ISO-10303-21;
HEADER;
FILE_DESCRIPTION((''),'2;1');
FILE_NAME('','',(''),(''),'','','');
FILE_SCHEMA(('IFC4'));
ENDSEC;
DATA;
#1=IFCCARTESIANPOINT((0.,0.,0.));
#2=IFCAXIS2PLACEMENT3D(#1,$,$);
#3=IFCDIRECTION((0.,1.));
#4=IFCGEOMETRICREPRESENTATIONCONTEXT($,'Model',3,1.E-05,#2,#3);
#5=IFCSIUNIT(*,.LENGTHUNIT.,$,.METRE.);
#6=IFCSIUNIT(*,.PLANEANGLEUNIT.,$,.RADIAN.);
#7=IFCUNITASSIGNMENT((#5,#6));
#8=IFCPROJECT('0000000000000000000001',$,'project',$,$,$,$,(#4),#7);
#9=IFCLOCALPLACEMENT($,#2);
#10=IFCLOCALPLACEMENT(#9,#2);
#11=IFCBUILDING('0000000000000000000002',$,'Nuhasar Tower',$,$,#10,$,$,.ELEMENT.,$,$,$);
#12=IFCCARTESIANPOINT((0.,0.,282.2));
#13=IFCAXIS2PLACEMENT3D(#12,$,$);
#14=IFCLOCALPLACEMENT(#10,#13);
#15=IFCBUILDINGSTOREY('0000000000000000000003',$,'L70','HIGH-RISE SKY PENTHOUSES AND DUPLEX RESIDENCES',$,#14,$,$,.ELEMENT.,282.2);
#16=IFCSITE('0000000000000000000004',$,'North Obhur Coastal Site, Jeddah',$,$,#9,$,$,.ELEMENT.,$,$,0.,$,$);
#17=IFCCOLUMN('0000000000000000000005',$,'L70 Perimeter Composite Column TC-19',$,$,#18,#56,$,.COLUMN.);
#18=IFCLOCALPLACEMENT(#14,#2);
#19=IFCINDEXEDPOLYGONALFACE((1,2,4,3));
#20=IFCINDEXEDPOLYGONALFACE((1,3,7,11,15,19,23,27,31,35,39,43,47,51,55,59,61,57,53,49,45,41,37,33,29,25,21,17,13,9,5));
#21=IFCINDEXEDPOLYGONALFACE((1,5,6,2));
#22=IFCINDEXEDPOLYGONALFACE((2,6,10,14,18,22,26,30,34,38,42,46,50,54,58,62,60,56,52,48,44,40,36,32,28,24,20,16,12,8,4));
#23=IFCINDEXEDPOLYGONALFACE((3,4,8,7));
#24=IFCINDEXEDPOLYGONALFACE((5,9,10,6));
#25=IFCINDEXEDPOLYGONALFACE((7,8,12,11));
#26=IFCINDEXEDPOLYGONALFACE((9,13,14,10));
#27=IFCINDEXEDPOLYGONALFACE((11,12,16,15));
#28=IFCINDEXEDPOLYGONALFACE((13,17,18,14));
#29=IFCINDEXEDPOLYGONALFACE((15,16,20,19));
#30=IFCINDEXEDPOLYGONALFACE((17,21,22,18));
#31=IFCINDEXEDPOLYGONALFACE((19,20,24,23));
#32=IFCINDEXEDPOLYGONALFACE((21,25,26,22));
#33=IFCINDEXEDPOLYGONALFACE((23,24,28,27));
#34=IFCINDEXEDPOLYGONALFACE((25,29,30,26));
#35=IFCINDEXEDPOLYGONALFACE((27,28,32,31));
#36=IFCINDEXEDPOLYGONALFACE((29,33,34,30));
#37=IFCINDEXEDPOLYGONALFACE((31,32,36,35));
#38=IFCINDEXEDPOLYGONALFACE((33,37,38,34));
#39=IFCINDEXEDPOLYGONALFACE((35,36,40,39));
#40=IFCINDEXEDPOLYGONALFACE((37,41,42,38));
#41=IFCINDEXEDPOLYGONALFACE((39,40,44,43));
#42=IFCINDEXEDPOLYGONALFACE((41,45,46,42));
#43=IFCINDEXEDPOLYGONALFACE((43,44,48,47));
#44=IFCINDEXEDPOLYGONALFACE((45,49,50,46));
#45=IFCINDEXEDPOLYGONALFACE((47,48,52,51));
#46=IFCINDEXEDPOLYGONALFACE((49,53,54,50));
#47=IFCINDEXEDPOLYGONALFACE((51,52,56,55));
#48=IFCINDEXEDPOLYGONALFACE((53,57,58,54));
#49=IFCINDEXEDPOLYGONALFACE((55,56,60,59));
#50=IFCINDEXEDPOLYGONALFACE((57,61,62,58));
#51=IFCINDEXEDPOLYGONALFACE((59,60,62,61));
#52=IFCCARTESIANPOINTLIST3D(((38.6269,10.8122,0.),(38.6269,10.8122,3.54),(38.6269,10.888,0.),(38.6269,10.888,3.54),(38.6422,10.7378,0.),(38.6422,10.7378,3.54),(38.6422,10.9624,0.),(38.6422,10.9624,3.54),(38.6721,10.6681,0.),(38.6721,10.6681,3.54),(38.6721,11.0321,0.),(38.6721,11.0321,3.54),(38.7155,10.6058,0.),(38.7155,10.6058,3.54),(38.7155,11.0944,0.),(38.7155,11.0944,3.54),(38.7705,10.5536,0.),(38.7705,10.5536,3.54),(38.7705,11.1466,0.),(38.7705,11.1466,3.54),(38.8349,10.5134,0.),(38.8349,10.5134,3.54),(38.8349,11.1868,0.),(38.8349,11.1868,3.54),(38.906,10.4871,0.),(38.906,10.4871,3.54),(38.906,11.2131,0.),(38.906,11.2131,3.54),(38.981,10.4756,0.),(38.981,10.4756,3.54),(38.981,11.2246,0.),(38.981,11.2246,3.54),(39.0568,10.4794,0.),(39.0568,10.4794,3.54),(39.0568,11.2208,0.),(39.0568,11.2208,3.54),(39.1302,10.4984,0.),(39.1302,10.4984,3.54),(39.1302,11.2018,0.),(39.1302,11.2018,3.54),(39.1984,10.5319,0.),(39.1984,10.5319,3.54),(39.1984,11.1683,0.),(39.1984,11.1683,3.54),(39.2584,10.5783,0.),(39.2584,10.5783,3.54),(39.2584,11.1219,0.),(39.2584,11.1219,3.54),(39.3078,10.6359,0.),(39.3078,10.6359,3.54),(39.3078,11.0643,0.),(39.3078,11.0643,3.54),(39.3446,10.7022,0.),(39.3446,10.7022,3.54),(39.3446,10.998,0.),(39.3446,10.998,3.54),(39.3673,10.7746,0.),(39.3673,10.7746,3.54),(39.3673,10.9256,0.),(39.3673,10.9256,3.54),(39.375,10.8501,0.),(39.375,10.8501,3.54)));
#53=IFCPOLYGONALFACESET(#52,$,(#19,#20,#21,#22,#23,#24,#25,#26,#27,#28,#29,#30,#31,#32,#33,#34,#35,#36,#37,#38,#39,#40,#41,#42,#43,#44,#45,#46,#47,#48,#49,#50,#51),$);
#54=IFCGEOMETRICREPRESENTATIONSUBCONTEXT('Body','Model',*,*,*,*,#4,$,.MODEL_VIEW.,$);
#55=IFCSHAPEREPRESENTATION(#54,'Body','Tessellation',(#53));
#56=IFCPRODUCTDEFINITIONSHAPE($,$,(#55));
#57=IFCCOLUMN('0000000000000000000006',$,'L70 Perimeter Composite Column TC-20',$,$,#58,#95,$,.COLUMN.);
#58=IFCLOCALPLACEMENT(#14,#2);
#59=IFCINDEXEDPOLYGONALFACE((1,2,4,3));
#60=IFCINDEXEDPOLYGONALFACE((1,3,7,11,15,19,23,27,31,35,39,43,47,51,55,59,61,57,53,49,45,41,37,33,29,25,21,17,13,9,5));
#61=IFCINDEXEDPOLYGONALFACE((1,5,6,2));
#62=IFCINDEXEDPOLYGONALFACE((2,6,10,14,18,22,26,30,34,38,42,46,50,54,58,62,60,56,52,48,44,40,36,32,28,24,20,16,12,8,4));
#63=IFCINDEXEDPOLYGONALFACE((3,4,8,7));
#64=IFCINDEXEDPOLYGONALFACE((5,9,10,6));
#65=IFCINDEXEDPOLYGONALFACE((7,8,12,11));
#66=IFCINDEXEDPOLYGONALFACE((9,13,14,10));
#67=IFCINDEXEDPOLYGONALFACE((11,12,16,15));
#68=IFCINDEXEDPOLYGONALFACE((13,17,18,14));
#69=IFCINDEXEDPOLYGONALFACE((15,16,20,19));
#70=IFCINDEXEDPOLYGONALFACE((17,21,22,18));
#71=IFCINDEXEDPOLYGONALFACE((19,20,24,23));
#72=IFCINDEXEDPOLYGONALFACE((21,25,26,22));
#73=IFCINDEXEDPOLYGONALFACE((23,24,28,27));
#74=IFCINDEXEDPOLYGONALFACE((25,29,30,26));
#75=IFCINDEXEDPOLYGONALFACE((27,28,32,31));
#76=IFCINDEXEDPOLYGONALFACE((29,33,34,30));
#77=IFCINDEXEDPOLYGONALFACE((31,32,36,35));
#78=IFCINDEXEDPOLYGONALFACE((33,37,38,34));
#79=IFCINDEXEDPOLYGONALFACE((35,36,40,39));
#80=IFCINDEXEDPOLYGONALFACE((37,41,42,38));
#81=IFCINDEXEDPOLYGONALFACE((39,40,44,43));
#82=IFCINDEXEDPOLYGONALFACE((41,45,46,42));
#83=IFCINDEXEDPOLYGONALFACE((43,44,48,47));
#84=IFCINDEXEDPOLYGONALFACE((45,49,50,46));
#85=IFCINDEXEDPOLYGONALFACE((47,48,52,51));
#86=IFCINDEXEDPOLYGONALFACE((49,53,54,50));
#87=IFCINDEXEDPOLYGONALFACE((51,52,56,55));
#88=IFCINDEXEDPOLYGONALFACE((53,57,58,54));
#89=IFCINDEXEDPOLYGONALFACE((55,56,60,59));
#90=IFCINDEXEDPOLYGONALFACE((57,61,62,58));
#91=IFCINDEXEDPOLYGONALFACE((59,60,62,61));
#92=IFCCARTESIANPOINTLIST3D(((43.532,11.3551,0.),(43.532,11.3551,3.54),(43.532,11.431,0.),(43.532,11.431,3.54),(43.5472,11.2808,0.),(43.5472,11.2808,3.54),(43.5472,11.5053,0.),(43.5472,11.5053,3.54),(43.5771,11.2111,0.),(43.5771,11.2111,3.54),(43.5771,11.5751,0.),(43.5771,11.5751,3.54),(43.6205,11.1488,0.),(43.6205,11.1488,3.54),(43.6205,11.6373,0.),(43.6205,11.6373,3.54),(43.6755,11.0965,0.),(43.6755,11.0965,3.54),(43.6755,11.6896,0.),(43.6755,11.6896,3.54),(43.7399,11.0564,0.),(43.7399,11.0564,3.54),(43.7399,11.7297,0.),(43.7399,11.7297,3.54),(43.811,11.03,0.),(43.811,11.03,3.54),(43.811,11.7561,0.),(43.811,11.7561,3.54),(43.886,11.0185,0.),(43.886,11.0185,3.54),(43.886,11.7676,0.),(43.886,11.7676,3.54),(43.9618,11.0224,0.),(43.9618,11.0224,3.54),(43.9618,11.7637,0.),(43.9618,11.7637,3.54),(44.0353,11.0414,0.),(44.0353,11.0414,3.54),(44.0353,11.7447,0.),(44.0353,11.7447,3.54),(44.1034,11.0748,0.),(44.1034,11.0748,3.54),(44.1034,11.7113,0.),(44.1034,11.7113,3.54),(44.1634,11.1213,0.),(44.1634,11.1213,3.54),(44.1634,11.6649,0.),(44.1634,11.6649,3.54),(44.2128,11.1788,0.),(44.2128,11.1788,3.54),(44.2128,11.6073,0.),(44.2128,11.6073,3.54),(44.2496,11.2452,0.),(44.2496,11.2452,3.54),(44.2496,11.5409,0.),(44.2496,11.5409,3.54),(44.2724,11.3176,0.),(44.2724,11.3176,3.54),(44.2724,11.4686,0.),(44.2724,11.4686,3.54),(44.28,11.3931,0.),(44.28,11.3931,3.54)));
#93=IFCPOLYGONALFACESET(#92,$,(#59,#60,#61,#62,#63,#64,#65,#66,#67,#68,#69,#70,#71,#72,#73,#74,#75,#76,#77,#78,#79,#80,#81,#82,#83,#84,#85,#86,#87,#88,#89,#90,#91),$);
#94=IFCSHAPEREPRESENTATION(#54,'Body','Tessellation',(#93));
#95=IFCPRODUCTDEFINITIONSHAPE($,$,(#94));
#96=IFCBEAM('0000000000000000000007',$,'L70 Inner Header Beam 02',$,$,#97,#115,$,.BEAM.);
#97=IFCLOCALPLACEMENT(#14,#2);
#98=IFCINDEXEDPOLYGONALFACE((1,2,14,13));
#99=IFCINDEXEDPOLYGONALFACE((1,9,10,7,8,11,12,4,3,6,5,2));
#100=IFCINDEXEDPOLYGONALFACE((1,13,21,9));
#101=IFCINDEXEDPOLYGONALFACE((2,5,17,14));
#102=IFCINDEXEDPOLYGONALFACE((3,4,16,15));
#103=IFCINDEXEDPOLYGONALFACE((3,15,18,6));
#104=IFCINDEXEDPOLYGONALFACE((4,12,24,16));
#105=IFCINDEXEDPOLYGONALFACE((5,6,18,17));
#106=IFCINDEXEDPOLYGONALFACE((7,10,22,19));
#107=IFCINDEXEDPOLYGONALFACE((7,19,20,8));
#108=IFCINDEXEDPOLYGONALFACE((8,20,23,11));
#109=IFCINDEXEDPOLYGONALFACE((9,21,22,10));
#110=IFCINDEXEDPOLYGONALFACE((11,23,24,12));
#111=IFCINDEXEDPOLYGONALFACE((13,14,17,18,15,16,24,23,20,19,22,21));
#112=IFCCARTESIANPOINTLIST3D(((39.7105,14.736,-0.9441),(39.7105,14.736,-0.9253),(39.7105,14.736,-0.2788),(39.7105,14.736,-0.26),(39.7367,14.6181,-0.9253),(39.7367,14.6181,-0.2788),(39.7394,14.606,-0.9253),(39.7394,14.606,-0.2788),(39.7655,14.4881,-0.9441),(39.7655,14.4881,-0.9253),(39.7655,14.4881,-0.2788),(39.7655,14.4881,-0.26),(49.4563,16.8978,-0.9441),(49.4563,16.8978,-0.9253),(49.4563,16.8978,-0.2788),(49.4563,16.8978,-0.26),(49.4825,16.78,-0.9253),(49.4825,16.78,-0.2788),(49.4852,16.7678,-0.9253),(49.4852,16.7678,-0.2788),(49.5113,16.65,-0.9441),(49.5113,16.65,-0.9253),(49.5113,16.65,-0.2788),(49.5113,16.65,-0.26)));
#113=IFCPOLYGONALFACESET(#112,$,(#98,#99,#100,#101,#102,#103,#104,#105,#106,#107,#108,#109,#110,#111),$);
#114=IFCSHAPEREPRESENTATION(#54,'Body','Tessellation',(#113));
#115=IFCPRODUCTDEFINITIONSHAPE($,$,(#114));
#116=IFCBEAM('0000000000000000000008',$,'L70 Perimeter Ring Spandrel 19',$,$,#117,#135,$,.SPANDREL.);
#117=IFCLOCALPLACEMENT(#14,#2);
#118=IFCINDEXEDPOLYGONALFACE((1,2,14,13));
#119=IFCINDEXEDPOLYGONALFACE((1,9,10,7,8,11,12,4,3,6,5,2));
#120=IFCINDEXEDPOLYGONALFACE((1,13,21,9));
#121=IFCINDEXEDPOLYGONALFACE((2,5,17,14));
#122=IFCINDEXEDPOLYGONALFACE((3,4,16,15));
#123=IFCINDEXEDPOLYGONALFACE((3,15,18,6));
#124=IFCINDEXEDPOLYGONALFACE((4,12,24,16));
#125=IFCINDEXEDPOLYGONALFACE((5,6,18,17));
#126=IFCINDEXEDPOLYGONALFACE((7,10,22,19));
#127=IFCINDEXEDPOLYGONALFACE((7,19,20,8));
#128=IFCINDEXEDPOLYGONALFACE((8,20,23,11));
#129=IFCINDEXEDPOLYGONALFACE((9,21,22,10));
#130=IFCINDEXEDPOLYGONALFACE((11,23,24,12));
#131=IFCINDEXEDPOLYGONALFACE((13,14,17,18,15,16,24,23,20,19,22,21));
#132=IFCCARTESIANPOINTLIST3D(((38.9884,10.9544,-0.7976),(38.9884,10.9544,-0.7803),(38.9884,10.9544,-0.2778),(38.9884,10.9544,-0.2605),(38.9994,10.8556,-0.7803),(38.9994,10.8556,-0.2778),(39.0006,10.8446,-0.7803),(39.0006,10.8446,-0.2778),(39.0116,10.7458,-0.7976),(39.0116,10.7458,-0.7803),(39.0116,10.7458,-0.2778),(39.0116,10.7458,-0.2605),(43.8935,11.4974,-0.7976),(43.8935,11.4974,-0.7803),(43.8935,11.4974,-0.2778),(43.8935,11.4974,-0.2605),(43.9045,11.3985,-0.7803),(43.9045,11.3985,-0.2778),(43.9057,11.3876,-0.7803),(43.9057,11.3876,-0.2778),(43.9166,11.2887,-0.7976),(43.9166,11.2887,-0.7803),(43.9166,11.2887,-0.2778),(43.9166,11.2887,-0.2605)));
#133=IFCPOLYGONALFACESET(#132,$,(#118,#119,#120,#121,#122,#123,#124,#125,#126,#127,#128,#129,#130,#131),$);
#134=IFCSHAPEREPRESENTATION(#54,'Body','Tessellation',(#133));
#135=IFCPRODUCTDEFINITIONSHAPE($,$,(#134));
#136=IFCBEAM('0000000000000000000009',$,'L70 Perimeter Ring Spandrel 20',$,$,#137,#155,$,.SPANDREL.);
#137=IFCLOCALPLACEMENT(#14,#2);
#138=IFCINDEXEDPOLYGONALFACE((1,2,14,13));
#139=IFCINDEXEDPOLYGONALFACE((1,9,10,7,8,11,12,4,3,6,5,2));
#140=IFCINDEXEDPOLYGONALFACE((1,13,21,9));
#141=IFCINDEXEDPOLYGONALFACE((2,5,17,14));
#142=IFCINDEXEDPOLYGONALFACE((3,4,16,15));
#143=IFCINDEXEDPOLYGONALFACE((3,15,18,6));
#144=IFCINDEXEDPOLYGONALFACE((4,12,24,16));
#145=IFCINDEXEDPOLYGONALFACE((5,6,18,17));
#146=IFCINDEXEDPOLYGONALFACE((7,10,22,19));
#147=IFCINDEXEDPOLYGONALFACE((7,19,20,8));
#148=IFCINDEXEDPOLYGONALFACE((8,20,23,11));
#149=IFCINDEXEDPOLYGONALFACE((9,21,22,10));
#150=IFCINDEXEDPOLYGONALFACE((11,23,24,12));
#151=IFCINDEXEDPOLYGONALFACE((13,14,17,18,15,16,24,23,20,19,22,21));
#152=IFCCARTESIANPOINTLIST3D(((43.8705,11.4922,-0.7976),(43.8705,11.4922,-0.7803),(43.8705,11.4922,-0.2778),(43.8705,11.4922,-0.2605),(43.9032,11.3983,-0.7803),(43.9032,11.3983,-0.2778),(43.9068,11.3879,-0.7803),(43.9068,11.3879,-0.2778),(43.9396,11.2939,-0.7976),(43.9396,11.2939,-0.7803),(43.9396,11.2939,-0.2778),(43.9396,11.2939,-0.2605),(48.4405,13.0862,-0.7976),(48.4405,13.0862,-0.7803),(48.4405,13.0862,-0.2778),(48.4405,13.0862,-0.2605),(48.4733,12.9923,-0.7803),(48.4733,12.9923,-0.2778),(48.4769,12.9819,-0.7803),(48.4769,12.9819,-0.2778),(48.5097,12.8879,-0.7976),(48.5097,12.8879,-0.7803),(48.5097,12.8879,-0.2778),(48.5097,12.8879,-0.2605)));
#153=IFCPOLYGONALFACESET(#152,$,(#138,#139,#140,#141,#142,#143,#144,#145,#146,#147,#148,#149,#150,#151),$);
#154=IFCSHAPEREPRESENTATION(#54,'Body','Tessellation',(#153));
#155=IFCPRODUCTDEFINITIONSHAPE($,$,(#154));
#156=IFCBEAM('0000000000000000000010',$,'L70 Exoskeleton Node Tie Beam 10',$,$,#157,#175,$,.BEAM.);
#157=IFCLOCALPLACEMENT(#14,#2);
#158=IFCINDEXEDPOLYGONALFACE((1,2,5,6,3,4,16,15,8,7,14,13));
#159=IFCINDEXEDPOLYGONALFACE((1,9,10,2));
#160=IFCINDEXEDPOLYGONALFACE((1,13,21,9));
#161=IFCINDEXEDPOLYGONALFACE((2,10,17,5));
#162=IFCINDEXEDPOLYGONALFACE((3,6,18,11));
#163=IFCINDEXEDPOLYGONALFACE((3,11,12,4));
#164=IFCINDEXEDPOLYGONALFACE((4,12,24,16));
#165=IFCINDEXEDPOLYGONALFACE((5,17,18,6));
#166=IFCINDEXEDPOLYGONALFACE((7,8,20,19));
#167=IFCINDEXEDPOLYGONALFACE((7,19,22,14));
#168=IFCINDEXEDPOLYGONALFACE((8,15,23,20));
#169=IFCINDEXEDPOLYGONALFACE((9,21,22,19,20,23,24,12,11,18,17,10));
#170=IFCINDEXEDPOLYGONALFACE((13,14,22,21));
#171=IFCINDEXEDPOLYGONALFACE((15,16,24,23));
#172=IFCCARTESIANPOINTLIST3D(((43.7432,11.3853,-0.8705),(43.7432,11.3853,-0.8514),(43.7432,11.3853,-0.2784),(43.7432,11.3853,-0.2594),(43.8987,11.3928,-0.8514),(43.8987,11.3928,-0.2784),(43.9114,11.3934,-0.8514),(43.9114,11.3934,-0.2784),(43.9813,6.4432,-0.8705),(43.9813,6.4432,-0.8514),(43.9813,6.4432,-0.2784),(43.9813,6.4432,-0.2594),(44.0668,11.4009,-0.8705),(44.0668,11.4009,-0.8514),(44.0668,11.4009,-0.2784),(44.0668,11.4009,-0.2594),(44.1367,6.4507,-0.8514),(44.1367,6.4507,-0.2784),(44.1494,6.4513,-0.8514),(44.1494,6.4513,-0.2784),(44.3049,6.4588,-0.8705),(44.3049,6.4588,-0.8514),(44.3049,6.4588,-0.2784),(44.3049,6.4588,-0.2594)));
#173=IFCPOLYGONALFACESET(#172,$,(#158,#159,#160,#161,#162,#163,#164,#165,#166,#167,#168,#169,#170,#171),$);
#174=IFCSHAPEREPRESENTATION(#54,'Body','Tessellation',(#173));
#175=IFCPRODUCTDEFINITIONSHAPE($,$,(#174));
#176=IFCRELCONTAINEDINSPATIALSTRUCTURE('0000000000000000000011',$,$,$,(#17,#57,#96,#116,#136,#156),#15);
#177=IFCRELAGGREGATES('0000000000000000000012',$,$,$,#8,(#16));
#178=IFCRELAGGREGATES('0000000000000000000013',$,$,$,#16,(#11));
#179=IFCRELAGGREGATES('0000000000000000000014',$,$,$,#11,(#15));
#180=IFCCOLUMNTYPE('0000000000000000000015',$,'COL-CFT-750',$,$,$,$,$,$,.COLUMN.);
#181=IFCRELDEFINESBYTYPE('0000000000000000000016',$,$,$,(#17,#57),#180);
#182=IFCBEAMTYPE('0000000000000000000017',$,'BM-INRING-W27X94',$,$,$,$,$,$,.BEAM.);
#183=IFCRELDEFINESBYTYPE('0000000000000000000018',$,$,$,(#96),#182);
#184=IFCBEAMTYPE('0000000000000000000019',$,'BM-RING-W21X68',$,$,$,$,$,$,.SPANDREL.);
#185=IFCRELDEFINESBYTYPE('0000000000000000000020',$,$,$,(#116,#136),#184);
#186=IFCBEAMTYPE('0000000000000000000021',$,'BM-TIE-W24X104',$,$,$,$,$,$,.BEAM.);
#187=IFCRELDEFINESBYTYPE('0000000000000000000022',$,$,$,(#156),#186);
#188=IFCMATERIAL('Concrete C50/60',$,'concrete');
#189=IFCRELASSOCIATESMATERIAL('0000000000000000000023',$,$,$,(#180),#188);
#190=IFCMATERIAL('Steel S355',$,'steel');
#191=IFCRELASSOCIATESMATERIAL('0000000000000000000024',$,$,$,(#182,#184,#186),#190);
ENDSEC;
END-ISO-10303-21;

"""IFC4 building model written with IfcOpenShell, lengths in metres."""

from ifc_helpers import new_model, si_unit, direction, frame, origin, origin_2d, place, context, subcontext, project, spatial, circle, i_section, extrude, material, material_profile, profile_set, type_object, element, save


model = new_model("IFC4")

# Units and contexts
model_context = context("Model", 3, precision=1e-05, world=origin(), true_north=direction((0.0, 1.0)))
body_context = subcontext(model_context, "Body", "Model", "MODEL_VIEW")
ifc_project = project(units=[si_unit("LENGTHUNIT", "METRE"), si_unit("PLANEANGLEUNIT", "RADIAN")], contexts=[model_context])

# Site, building, storey
site_placement = place(None, origin())
site = spatial("IfcSite", under=ifc_project, at=site_placement, Name="North Obhur Coastal Site, Jeddah", CompositionType="ELEMENT", RefElevation=0.0)
building_placement = place(site_placement, origin())
building = spatial("IfcBuilding", under=site, at=building_placement, Name="Nuhasar Tower", CompositionType="ELEMENT")
storey_placement = place(building_placement, frame((0.0, 0.0, 282.2)))
storey = spatial("IfcBuildingStorey", under=building, at=storey_placement, Name="L70", Description="HIGH-RISE SKY PENTHOUSES AND DUPLEX RESIDENCES", CompositionType="ELEMENT", Elevation=282.2)

# Columns
ifc_material_1 = material(Name="Concrete C50/60", Category="concrete")
ifc_material_profile_1 = material_profile(ifc_material_1, circle(Radius=0.375, at=origin_2d()), Name="CFT750")
ifc_profile_set_1 = profile_set([ifc_material_profile_1], Name="Concrete C50/60")
column_type = type_object("IfcColumnType", Name="COL-CFT-750", PredefinedType="COLUMN", material=ifc_profile_set_1)
for number, where, z_axis, x_axis, name in (
    (1, (39.0, 10.8501, 0.0), (0.0, 0.0, 1.0), (1.0, 0.0, 0.0), "L70 Perimeter Composite Column TC-19"),
    (2, (43.905, 11.3931, 0.0), (0.0, 0.0, 1.0), (1.0, 0.0, 0.0), "L70 Perimeter Composite Column TC-20"),
):
    element("IfcColumn", number, at=place(storey_placement, frame(where, z_axis=z_axis, x_axis=x_axis)), inside=storey, type_object=column_type, Name=name, PredefinedType="COLUMN", context=body_context, shape_type="SweptSolid", body=[
        extrude(circle(Radius=0.375, at=origin_2d()), origin(), (0.0, 0.0, 1.0), 3.54),
    ])

# Beams
ifc_material_2 = material(Name="Steel S355", Category="steel")
ifc_material_profile_2 = material_profile(ifc_material_2, i_section(OverallWidth=0.2539, OverallDepth=0.6841, WebThickness=0.0125, FlangeThickness=0.0188, at=origin_2d()), Name="W27X94")
ifc_profile_set_2 = profile_set([ifc_material_profile_2], Name="Steel S355")
beam_type_1 = type_object("IfcBeamType", Name="BM-INRING-W27X94", PredefinedType="BEAM", material=ifc_profile_set_2)
beam_1_placement = place(storey_placement, frame((39.738, 14.6121, -0.6021), z_axis=(0.976269, 0.21656, 0.0), x_axis=(-0.21656, 0.976269, 0.0)))
element("IfcBeam", 3, at=beam_1_placement, inside=storey, type_object=beam_type_1, Name="L70 Inner Header Beam 02", PredefinedType="BEAM", context=body_context, shape_type="SweptSolid", body=[
    extrude(i_section(OverallWidth=0.2539, OverallDepth=0.6841, WebThickness=0.0125, FlangeThickness=0.0188, at=origin_2d()), origin(), (0.0, 0.0, 1.0), 9.9827),
])
ifc_material_profile_3 = material_profile(ifc_material_2, i_section(OverallWidth=0.21, OverallDepth=0.5371, WebThickness=0.011, FlangeThickness=0.0173, at=origin_2d()), Name="W21X68")
ifc_profile_set_3 = profile_set([ifc_material_profile_3], Name="Steel S355")
beam_type_2 = type_object("IfcBeamType", Name="BM-RING-W21X68", PredefinedType="SPANDREL", material=ifc_profile_set_3)
beam_2_placement = place(storey_placement, frame((39.0, 10.8501, -0.5291), z_axis=(0.993929, 0.110024, 0.0), x_axis=(-0.110024, 0.993929, 0.0)))
element("IfcBeam", 4, at=beam_2_placement, inside=storey, type_object=beam_type_2, Name="L70 Perimeter Ring Spandrel 19", PredefinedType="SPANDREL", context=body_context, shape_type="SweptSolid", body=[
    extrude(i_section(OverallWidth=0.21, OverallDepth=0.5371, WebThickness=0.011, FlangeThickness=0.0173, at=origin_2d()), origin(), (0.0, 0.0, 1.0), 4.9351),
])
beam_3_placement = place(storey_placement, frame((43.905, 11.3931, -0.5291), z_axis=(0.944214, 0.329332, 0.0), x_axis=(-0.329332, 0.944214, 0.0)))
element("IfcBeam", 5, at=beam_3_placement, inside=storey, type_object=beam_type_2, Name="L70 Perimeter Ring Spandrel 20", PredefinedType="SPANDREL", context=body_context, shape_type="SweptSolid", body=[
    extrude(i_section(OverallWidth=0.21, OverallDepth=0.5371, WebThickness=0.011, FlangeThickness=0.0173, at=origin_2d()), origin(), (0.0, 0.0, 1.0), 4.8401),
])
ifc_material_profile_4 = material_profile(ifc_material_2, i_section(OverallWidth=0.324, OverallDepth=0.6111, WebThickness=0.0127, FlangeThickness=0.019, at=origin_2d()), Name="W24X104")
ifc_profile_set_4 = profile_set([ifc_material_profile_4], Name="Steel S355")
beam_type_3 = type_object("IfcBeamType", Name="BM-TIE-W24X104", PredefinedType="BEAM", material=ifc_profile_set_4)
beam_4_placement = place(storey_placement, frame((43.905, 11.3931, -0.5649), z_axis=(0.048109, -0.998842, 0.0), x_axis=(0.998842, 0.048109, 0.0)))
element("IfcBeam", 6, at=beam_4_placement, inside=storey, type_object=beam_type_3, Name="L70 Exoskeleton Node Tie Beam 10", PredefinedType="BEAM", context=body_context, shape_type="SweptSolid", body=[
    extrude(i_section(OverallWidth=0.324, OverallDepth=0.6111, WebThickness=0.0127, FlangeThickness=0.019, at=origin_2d()), origin(), (0.0, 0.0, 1.0), 4.9478),
])

save(model, "model.ifc")
